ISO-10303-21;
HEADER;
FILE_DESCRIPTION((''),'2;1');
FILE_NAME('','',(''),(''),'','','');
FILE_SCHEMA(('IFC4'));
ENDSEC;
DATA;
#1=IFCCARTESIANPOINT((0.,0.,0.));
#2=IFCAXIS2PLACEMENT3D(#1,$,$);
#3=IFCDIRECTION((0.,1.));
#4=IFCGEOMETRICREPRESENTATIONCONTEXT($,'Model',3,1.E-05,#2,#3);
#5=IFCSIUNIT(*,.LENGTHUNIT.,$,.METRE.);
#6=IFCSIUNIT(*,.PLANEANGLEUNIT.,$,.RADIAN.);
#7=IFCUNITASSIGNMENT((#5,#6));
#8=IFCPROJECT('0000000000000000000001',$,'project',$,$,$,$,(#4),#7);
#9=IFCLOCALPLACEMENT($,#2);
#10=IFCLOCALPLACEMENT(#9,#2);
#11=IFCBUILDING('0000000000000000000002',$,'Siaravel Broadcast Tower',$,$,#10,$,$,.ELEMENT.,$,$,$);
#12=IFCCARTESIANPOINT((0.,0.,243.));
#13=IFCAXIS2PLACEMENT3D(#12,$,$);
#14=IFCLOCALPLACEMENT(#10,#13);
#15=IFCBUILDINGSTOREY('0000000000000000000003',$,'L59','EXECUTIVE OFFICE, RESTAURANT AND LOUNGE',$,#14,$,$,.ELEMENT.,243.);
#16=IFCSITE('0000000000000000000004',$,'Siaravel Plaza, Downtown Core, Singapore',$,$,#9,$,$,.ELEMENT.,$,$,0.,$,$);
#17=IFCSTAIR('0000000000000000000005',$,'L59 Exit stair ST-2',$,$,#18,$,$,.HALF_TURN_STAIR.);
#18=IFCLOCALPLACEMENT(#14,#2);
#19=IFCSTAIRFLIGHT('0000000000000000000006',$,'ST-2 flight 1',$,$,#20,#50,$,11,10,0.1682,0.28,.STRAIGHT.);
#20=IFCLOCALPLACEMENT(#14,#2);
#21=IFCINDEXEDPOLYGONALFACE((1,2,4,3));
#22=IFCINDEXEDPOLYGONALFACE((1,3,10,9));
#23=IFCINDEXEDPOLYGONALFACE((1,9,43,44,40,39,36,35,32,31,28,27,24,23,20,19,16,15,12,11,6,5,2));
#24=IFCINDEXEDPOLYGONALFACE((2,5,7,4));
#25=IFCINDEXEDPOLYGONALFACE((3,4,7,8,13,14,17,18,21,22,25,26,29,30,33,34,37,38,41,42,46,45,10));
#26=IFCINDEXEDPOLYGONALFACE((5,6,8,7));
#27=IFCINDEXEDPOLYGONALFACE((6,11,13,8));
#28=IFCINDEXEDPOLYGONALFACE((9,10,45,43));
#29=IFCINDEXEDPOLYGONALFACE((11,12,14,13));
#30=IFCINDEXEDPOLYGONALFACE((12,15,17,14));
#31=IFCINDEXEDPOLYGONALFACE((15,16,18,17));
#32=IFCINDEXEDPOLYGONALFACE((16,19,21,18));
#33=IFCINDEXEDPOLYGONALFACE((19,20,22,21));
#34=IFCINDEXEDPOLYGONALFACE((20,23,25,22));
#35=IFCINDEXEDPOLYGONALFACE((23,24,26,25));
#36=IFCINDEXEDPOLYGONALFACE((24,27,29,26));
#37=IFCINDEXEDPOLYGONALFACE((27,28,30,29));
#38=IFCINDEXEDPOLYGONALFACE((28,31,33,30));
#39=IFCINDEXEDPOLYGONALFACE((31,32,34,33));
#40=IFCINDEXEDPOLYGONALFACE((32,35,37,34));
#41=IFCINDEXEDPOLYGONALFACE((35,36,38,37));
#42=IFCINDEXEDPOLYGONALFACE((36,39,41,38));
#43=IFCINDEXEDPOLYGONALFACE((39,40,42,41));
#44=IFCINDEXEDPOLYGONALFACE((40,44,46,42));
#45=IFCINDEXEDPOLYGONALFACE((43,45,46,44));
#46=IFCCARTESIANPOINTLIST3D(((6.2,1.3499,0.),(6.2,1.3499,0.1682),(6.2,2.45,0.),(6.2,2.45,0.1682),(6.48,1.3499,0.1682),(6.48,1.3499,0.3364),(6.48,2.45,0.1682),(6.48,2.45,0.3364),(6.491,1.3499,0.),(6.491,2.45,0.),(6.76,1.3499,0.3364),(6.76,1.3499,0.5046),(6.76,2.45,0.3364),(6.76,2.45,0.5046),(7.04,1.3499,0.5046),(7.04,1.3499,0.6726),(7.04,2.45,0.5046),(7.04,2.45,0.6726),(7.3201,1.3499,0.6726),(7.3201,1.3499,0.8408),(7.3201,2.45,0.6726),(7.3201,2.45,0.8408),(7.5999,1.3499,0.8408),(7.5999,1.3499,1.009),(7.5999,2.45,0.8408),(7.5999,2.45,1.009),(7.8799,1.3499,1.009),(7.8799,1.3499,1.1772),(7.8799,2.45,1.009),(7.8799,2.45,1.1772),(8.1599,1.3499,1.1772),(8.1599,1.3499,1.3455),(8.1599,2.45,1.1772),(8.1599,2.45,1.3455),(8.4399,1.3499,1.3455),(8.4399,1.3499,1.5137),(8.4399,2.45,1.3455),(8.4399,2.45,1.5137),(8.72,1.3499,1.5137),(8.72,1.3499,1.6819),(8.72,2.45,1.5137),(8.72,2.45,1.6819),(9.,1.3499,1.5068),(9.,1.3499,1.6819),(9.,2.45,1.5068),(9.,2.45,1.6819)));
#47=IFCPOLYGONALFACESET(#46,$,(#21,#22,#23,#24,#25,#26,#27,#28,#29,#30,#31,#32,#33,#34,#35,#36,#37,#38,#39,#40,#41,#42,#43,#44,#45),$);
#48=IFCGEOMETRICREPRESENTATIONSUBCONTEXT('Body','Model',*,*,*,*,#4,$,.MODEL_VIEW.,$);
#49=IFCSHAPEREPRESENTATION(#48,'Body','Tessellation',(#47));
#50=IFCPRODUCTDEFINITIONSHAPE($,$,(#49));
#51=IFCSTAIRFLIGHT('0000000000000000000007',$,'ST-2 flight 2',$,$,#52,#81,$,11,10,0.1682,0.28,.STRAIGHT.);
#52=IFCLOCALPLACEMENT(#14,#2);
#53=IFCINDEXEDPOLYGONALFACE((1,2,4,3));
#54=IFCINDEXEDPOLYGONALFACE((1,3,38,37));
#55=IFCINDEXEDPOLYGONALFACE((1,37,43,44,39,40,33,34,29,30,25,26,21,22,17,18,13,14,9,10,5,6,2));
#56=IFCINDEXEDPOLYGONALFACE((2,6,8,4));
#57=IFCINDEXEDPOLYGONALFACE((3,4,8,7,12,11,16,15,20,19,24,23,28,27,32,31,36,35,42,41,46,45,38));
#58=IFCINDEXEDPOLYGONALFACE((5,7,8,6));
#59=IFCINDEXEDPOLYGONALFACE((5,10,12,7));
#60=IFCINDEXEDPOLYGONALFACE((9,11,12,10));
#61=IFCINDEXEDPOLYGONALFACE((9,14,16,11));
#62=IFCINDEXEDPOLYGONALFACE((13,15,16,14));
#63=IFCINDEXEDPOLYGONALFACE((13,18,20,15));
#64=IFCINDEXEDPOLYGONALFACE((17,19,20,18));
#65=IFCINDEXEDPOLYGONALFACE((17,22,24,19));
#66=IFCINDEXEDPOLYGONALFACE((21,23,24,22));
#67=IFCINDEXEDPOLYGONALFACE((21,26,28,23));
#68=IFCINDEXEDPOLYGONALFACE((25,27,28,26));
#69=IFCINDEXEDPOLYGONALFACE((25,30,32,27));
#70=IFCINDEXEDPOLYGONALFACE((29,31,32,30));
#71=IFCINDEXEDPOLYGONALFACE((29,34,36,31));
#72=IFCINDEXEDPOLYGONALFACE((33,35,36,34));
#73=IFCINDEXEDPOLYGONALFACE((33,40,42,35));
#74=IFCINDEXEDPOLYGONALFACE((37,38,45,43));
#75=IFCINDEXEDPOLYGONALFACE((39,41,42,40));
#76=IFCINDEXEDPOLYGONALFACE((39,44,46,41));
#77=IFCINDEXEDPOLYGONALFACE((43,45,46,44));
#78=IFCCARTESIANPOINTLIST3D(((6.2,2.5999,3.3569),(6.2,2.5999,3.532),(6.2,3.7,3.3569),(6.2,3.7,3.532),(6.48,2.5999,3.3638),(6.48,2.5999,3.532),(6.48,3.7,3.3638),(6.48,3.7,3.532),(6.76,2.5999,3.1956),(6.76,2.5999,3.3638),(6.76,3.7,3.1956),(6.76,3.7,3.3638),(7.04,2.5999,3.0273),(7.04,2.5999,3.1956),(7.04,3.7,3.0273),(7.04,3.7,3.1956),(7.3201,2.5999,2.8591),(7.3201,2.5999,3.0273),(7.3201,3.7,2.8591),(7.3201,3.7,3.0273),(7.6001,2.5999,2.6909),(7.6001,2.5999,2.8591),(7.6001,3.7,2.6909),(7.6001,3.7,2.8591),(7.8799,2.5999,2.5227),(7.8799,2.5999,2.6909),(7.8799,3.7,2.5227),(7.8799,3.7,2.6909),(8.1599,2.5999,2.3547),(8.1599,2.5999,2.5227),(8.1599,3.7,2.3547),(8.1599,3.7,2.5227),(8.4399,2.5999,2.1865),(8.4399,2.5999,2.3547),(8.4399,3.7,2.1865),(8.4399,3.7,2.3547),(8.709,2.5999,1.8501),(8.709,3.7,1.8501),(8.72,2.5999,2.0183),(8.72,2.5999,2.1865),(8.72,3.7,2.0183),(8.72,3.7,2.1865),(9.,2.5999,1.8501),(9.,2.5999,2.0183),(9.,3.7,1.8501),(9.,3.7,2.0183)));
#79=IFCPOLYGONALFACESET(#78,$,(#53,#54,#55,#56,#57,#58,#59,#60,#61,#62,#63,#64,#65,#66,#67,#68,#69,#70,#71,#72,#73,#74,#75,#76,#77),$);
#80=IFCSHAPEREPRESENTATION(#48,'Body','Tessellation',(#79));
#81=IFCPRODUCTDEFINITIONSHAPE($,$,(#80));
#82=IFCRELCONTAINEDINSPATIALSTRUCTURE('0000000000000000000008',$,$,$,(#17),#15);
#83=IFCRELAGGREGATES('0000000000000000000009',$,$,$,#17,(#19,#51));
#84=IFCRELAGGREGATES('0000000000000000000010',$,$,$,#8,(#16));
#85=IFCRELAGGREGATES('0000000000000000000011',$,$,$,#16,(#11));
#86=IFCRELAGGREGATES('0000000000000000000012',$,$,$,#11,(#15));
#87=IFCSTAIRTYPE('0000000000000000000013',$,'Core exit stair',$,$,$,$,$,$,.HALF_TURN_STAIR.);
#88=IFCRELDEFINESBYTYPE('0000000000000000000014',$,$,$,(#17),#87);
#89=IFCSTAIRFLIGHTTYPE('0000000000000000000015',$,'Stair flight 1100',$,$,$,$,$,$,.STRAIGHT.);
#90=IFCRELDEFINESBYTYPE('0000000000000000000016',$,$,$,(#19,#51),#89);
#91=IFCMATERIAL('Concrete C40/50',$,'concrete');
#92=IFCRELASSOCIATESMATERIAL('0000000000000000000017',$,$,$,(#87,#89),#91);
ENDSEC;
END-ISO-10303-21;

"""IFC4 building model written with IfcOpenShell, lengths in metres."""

from ifc_helpers import new_model, si_unit, direction, frame, origin, place, context, subcontext, project, spatial, polyline, outline, extrude, material, type_object, element, aggregate, save


model = new_model("IFC4")

# Units and contexts
model_context = context("Model", 3, precision=1e-05, world=origin(), true_north=direction((0.0, 1.0)))
body_context = subcontext(model_context, "Body", "Model", "MODEL_VIEW")
ifc_project = project(units=[si_unit("LENGTHUNIT", "METRE"), si_unit("PLANEANGLEUNIT", "RADIAN")], contexts=[model_context])

# Site, building, storey
site_placement = place(None, origin())
site = spatial("IfcSite", under=ifc_project, at=site_placement, Name="Siaravel Plaza, Downtown Core, Singapore", CompositionType="ELEMENT", RefElevation=0.0)
building_placement = place(site_placement, origin())
building = spatial("IfcBuilding", under=site, at=building_placement, Name="Siaravel Broadcast Tower", CompositionType="ELEMENT")
storey_placement = place(building_placement, frame((0.0, 0.0, 243.0)))
storey = spatial("IfcBuildingStorey", under=building, at=storey_placement, Name="L59", Description="EXECUTIVE OFFICE, RESTAURANT AND LOUNGE", CompositionType="ELEMENT", Elevation=243.0)

# Stair, stair flights
ifc_material_1 = material(Name="Concrete C40/50", Category="concrete")
stair_type = type_object("IfcStairType", Name="Core exit stair", PredefinedType="HALF_TURN_STAIR", material=ifc_material_1)
stair_placement = place(storey_placement, origin())
stair = element("IfcStair", 1, at=stair_placement, inside=storey, type_object=stair_type, Name="L59 Exit stair ST-2", PredefinedType="HALF_TURN_STAIR")
stair_flight_type = type_object("IfcStairFlightType", Name="Stair flight 1100", PredefinedType="STRAIGHT", material=ifc_material_1)
stair_flight_1_placement = place(storey_placement, frame((6.2, 1.8999, 0.0), z_axis=(0.0, 0.0, 1.0), x_axis=(1.0, 0.0, 0.0)))
stair_flight_1 = element("IfcStairFlight", 2, at=stair_flight_1_placement, type_object=stair_flight_type, Name="ST-2 flight 1", NumberOfRisers=11, NumberOfTreads=10, PredefinedType="STRAIGHT", RiserHeight=0.1682, TreadLength=0.28, context=body_context, shape_type="SweptSolid", body=[
    extrude(outline(polyline([(0.0, 0.0), (0.0, 0.1682), (0.28, 0.1682), (0.28, 0.3364), (0.5601, 0.3364), (0.5601, 0.5046), (0.8401, 0.5046), (0.8401, 0.6726), (1.1201, 0.6726), (1.1201, 0.8408), (1.3999, 0.8408), (1.3999, 1.009), (1.6799, 1.009), (1.6799, 1.1772), (1.96, 1.1772), (1.96, 1.3455), (2.24, 1.3455), (2.24, 1.5137), (2.52, 1.5137), (2.52, 1.6819), (2.8, 1.6819), (2.8, 1.8501), (2.8, 1.5068), (0.291, 0.0), (0.0, 0.0)])), frame((0.0, 0.55, 0.0), z_axis=(0.0, -1.0, 0.0), x_axis=(1.0, 0.0, 0.0)), (0.0, 0.0, 1.0), 1.1001),
])
stair_flight_2_placement = place(storey_placement, frame((9.0, 3.1499, 1.8501), z_axis=(0.0, 0.0, 1.0), x_axis=(-1.0, 0.0, 0.0)))
stair_flight_2 = element("IfcStairFlight", 3, at=stair_flight_2_placement, type_object=stair_flight_type, Name="ST-2 flight 2", NumberOfRisers=11, NumberOfTreads=10, PredefinedType="STRAIGHT", RiserHeight=0.1682, TreadLength=0.28, context=body_context, shape_type="SweptSolid", body=[
    extrude(outline(polyline([(0.0, 0.0), (0.0, 0.1682), (0.28, 0.1682), (0.28, 0.3364), (0.5601, 0.3364), (0.5601, 0.5046), (0.8401, 0.5046), (0.8401, 0.6726), (1.1201, 0.6726), (1.1201, 0.8408), (1.3999, 0.8408), (1.3999, 1.009), (1.6799, 1.009), (1.6799, 1.1772), (1.96, 1.1772), (1.96, 1.3455), (2.24, 1.3455), (2.24, 1.5137), (2.52, 1.5137), (2.52, 1.6819), (2.8, 1.6819), (2.8, 1.8501), (2.8, 1.5068), (0.291, 0.0), (0.0, 0.0)])), frame((0.0, 0.55, 0.0), z_axis=(0.0, -1.0, 0.0), x_axis=(1.0, 0.0, 0.0)), (0.0, 0.0, 1.0), 1.1001),
])
aggregate(stair, [stair_flight_1, stair_flight_2])

save(model, "model.ifc")
